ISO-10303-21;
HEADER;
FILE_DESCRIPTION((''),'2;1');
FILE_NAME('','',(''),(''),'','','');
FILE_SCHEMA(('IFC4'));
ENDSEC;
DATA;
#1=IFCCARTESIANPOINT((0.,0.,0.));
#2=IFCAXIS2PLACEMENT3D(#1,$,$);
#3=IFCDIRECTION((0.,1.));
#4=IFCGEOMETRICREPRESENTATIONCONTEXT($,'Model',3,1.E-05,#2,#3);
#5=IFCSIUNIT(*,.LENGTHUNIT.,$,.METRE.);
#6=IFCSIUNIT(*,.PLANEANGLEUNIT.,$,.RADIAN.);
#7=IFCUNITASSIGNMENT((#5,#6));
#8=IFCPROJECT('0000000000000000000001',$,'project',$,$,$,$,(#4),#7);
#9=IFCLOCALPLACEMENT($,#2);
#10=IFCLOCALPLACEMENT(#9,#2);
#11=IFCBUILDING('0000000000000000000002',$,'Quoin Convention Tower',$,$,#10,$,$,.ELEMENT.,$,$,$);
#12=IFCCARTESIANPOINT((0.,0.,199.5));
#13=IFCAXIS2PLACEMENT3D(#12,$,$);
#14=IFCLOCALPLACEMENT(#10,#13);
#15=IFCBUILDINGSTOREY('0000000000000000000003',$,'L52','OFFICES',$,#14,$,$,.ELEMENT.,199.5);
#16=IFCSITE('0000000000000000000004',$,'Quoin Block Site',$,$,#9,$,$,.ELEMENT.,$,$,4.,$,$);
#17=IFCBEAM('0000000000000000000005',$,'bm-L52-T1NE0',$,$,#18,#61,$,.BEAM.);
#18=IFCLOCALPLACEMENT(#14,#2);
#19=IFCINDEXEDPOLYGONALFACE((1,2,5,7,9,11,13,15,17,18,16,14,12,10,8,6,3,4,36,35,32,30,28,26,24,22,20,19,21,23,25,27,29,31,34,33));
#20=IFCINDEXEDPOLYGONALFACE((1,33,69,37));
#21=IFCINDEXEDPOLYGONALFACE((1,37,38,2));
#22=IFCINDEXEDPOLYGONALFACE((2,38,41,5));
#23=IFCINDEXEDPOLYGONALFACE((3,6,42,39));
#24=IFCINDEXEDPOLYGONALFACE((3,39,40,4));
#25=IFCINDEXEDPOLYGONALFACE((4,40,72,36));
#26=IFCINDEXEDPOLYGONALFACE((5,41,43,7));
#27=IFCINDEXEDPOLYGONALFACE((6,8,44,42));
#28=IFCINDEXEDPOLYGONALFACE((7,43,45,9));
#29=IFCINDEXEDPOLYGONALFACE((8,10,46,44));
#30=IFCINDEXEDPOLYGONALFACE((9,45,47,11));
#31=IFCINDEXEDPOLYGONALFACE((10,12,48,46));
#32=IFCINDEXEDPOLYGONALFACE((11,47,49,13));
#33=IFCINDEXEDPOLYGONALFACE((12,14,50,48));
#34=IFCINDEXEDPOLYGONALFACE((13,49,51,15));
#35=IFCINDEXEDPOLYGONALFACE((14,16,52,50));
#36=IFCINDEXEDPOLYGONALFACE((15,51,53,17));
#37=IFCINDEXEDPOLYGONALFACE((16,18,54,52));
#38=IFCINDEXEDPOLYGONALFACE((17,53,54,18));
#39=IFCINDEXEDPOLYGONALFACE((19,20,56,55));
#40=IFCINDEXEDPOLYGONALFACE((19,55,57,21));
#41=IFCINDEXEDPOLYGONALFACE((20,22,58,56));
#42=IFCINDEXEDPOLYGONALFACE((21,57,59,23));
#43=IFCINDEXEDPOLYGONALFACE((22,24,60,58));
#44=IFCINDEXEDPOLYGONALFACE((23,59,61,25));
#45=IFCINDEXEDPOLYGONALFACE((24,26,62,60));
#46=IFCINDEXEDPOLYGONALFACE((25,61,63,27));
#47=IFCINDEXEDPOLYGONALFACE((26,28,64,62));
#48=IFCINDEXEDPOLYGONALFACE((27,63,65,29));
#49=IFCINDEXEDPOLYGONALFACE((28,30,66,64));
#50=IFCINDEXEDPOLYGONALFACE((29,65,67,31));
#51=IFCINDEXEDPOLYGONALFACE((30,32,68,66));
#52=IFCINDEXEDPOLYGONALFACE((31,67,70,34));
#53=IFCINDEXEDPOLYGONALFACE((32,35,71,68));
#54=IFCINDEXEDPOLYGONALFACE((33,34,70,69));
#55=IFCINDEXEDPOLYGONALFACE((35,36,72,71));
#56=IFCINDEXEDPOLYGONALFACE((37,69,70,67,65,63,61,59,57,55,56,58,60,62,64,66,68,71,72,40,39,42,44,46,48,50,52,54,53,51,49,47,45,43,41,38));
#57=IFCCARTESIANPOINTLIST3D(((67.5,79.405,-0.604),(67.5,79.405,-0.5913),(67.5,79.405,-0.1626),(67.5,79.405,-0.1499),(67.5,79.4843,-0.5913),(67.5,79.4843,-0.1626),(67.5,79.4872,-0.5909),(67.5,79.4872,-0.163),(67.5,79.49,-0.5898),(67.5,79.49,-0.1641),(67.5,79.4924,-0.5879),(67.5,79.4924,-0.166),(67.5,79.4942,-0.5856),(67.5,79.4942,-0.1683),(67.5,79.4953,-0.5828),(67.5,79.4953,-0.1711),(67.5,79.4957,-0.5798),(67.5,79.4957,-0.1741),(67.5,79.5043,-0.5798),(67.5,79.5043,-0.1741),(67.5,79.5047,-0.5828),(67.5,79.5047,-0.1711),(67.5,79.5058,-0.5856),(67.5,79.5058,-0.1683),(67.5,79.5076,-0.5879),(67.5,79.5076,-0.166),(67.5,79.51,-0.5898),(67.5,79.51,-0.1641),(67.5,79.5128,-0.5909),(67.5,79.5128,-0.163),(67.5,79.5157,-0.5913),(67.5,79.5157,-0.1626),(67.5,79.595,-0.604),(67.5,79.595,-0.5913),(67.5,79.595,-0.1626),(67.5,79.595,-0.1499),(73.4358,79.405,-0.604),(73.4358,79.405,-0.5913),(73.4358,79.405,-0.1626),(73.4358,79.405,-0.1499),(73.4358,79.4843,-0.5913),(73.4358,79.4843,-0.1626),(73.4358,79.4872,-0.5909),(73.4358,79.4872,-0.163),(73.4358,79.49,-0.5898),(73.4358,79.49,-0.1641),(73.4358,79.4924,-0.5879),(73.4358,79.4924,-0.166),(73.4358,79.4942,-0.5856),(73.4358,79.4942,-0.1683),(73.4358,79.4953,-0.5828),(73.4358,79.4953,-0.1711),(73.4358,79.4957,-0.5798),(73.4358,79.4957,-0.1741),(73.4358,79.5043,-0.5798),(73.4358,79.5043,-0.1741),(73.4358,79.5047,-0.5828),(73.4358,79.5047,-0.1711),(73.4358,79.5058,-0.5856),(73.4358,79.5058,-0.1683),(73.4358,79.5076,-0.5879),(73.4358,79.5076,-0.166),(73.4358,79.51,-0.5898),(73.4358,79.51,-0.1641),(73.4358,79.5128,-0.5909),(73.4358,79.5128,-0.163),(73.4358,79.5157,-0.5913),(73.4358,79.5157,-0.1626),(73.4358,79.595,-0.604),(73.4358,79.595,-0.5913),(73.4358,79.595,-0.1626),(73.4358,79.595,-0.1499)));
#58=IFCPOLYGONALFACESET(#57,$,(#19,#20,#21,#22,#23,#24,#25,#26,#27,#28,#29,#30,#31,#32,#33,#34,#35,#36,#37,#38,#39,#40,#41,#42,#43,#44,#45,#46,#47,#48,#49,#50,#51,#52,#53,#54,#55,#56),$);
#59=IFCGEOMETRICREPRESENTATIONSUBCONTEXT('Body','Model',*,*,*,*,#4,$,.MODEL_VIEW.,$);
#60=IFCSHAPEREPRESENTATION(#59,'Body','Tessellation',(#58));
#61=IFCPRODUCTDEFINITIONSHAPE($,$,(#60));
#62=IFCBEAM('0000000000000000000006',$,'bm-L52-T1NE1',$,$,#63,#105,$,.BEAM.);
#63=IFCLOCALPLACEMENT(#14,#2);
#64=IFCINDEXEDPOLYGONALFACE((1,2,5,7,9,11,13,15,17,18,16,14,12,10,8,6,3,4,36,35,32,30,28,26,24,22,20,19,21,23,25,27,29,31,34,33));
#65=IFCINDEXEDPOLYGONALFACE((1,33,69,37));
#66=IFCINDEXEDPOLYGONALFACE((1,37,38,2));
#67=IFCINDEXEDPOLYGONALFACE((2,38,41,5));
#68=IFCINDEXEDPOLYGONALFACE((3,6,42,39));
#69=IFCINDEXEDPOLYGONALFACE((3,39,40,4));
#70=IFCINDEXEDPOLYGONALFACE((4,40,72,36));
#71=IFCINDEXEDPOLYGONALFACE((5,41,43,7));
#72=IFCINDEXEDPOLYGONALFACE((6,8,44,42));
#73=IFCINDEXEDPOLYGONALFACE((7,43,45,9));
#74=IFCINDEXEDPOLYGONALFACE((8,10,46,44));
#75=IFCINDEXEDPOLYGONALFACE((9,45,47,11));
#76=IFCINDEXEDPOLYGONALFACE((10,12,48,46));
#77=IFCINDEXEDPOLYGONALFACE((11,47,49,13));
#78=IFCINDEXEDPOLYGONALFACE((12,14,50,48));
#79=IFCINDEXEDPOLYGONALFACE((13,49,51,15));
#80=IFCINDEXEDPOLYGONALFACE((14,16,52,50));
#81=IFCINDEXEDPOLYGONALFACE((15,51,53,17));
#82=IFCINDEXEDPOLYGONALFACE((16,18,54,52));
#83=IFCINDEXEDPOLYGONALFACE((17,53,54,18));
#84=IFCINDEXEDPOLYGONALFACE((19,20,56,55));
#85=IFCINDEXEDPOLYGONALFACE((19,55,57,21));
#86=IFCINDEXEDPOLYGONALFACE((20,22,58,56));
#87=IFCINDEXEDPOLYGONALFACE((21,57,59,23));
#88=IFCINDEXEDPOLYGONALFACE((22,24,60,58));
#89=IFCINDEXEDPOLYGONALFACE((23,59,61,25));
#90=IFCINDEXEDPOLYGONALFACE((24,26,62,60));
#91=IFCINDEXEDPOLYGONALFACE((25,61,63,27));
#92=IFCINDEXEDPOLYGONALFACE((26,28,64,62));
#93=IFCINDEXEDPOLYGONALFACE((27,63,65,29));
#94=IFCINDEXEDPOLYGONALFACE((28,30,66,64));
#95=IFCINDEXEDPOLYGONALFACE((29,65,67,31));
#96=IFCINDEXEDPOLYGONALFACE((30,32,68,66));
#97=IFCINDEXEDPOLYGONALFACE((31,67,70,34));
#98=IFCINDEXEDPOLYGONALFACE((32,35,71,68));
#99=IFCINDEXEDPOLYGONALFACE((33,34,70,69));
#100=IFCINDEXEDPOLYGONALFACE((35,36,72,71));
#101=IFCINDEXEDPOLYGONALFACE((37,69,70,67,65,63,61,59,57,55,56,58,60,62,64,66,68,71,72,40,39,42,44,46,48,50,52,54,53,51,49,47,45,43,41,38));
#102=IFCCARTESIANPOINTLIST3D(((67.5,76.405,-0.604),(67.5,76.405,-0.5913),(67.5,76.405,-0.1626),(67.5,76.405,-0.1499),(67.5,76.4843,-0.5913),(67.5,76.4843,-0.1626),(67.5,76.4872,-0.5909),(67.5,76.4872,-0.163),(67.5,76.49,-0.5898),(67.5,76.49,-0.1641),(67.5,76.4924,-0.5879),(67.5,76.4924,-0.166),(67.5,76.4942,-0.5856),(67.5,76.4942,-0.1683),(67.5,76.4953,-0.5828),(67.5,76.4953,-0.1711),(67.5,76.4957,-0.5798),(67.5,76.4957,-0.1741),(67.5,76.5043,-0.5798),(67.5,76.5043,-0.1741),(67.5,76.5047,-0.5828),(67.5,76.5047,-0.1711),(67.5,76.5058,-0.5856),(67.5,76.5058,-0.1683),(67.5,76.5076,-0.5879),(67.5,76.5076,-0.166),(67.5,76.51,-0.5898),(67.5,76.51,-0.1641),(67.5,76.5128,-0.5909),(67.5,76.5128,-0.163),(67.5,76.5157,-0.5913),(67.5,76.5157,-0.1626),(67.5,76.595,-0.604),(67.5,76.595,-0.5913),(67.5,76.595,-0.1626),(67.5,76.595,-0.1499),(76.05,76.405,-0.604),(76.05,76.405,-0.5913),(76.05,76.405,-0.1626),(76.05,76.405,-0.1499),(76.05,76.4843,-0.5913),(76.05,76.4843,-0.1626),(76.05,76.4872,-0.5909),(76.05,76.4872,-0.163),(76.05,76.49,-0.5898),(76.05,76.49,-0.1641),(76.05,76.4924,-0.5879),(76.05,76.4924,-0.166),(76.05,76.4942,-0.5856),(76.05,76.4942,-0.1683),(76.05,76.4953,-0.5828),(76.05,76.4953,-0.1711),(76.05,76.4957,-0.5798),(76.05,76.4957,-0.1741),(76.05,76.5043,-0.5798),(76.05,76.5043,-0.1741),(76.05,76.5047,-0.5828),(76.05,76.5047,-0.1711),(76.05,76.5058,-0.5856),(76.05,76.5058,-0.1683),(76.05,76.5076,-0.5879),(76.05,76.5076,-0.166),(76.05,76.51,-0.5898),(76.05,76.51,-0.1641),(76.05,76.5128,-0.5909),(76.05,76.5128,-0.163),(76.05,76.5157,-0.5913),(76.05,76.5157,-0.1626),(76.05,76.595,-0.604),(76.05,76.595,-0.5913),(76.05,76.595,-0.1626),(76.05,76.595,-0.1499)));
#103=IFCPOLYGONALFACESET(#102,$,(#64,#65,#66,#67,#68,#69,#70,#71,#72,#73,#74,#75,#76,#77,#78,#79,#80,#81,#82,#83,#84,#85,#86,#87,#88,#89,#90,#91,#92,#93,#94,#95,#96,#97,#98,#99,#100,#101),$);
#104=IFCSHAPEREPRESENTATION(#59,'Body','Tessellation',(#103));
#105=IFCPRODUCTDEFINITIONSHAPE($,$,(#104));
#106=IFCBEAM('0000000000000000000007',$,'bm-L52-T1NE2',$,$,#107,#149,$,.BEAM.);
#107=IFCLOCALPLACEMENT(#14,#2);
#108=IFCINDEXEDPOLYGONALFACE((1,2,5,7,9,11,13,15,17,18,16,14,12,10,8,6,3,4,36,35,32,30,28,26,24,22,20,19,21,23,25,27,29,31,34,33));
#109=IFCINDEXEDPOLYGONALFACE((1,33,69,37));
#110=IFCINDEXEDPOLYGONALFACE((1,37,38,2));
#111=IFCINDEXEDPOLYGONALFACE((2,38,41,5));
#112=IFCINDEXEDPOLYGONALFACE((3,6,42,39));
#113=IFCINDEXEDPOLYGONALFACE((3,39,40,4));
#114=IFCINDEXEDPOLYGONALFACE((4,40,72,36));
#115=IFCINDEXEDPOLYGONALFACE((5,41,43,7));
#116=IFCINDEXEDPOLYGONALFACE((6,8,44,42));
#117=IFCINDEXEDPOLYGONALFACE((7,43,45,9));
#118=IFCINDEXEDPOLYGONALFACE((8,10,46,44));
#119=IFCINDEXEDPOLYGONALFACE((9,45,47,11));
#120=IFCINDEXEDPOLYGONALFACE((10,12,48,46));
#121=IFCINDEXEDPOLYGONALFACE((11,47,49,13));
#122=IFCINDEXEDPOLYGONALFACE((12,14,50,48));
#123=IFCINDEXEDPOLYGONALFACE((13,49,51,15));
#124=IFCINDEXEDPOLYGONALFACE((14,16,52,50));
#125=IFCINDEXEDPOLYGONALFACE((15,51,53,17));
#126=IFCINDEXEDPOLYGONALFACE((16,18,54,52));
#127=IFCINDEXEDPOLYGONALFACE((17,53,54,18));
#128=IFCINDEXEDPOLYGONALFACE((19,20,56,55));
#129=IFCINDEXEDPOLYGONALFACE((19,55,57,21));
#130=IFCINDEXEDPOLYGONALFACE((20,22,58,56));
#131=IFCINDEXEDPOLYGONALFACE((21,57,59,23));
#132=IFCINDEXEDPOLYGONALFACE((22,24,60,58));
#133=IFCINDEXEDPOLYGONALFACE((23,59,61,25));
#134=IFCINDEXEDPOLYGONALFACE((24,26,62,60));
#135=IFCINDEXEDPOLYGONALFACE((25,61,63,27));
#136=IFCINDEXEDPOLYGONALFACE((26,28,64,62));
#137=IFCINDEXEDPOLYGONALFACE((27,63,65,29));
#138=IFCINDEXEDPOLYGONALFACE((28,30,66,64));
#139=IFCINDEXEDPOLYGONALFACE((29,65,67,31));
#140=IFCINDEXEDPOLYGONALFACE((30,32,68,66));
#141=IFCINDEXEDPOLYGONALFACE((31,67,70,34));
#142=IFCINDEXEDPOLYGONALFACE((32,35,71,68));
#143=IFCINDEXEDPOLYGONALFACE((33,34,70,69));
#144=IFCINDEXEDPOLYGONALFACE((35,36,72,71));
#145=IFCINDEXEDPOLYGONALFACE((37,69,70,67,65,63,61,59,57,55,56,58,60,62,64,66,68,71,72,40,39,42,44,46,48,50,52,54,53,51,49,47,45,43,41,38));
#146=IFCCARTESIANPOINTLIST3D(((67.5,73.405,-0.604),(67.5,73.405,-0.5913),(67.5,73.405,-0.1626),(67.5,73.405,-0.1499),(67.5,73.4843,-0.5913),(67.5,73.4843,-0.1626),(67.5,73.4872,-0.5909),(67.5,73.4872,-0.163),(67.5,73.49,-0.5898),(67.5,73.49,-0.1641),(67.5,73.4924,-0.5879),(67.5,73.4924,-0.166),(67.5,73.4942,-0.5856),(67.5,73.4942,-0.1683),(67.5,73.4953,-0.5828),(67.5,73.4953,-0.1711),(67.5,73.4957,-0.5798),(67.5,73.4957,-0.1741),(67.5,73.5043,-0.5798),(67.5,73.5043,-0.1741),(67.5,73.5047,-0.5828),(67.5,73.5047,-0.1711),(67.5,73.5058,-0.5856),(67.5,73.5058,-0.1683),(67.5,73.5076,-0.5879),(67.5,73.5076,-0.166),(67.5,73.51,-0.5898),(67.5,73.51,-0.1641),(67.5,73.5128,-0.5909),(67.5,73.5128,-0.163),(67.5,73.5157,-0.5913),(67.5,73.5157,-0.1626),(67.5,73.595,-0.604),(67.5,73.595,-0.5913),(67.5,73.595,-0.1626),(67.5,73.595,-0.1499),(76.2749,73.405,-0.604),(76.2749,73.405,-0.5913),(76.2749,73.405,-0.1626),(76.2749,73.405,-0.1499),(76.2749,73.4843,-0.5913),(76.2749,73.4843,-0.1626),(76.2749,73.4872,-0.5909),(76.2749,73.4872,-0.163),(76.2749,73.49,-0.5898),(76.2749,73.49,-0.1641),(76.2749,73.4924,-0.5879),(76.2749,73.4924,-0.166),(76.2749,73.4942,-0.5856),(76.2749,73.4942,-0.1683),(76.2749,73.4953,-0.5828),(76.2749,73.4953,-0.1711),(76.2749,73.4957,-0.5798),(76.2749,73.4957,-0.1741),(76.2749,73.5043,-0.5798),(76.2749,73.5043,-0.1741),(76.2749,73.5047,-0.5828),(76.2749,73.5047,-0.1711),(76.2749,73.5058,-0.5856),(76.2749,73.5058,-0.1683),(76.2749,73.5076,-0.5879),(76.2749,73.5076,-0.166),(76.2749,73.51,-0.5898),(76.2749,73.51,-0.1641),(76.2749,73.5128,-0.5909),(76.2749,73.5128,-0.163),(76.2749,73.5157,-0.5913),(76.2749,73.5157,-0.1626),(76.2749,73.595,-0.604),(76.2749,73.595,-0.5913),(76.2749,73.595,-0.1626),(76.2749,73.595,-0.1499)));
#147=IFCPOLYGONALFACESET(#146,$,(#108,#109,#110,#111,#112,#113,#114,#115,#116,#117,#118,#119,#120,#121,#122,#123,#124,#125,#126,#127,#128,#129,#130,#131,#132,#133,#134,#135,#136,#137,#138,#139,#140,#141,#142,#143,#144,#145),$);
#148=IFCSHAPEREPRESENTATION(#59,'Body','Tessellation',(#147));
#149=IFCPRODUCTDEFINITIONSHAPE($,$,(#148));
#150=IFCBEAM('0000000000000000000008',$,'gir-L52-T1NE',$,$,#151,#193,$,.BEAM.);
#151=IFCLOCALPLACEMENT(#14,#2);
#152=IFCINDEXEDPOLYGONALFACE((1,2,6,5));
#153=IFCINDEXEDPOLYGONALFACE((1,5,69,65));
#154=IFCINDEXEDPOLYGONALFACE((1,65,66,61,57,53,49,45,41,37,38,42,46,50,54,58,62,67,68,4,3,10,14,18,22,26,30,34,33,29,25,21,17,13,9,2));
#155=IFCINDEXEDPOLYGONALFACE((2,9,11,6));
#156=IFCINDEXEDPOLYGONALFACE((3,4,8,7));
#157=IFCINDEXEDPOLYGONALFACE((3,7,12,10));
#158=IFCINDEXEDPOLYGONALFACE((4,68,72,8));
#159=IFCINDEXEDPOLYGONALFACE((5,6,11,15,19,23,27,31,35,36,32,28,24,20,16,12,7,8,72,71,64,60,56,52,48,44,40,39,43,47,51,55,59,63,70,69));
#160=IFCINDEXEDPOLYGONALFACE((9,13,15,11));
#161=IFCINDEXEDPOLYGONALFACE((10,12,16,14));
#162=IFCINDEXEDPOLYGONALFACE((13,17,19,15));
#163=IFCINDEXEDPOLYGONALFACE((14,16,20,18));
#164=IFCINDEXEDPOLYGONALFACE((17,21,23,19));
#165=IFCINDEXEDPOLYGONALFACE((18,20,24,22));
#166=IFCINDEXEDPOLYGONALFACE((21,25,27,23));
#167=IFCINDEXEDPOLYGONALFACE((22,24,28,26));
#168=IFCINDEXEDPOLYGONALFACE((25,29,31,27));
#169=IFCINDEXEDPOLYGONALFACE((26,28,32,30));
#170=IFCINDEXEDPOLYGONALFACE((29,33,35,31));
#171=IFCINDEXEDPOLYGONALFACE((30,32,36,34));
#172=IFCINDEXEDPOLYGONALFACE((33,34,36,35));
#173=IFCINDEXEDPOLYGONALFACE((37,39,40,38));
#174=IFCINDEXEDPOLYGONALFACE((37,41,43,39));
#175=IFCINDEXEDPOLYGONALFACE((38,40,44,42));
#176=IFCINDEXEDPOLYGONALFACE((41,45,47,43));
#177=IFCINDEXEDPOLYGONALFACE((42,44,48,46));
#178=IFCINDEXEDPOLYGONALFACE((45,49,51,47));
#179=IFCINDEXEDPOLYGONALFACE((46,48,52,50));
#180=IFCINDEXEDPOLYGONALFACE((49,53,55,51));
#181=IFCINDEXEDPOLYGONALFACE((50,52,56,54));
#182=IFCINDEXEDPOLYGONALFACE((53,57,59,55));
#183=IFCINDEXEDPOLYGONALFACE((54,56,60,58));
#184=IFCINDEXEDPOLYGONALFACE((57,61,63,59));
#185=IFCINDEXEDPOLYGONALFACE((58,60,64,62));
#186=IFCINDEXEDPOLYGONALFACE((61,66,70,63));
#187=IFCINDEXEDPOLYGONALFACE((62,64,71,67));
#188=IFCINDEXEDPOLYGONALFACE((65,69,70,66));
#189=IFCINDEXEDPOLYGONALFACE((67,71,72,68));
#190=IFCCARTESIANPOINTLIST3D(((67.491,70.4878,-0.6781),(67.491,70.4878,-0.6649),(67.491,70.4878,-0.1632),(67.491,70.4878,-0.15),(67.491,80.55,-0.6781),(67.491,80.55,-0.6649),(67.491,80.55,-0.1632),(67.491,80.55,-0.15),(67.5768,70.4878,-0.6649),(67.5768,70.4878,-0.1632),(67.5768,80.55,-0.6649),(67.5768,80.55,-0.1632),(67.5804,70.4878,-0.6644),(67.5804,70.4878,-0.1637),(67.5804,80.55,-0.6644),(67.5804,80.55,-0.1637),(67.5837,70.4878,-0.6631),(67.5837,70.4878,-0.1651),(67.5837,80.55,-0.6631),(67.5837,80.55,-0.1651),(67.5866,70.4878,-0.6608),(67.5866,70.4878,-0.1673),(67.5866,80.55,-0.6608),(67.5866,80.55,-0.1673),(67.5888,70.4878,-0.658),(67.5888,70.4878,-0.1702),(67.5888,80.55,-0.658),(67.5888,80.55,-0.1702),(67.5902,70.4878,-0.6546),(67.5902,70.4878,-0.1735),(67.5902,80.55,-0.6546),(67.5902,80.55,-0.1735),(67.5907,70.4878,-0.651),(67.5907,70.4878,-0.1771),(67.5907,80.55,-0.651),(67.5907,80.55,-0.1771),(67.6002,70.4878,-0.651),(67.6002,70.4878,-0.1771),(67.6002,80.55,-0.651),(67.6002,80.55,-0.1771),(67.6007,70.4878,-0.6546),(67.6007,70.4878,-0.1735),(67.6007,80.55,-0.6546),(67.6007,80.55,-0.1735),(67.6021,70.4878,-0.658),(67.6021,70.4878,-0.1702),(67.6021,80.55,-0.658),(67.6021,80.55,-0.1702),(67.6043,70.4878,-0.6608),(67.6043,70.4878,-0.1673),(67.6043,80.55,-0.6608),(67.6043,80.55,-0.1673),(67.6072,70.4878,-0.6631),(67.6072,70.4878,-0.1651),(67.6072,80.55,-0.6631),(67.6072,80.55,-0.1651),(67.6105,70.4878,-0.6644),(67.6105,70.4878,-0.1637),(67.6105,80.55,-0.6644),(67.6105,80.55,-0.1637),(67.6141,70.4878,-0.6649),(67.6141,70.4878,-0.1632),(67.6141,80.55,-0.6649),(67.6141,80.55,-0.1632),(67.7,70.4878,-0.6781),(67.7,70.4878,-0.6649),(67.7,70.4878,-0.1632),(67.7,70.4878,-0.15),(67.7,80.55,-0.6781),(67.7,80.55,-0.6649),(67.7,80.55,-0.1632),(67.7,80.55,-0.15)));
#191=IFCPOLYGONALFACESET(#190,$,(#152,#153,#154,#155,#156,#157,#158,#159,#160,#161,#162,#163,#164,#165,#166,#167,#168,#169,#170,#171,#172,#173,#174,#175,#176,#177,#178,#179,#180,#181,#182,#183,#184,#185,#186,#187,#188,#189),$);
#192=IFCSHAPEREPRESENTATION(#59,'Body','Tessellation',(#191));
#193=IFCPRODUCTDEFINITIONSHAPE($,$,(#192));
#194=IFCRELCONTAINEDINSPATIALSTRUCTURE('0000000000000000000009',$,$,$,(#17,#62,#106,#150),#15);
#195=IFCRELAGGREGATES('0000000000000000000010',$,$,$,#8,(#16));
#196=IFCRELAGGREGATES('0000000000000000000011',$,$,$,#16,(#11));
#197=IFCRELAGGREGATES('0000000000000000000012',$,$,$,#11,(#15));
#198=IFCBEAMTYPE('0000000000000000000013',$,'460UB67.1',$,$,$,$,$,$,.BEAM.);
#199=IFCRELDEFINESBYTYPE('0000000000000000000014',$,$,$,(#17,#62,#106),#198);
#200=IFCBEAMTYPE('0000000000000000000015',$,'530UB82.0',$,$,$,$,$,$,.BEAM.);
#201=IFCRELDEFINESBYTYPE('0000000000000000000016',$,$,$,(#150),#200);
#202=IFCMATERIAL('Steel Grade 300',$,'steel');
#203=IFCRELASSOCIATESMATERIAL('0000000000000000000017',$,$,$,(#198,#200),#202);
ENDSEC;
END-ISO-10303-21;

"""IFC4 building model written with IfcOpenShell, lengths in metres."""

from ifc_helpers import new_model, si_unit, direction, frame, origin, origin_2d, place, context, subcontext, project, spatial, i_section, extrude, material, material_profile, profile_set, type_object, element, save


model = new_model("IFC4")

# Units and contexts
model_context = context("Model", 3, precision=1e-05, world=origin(), true_north=direction((0.0, 1.0)))
body_context = subcontext(model_context, "Body", "Model", "MODEL_VIEW")
ifc_project = project(units=[si_unit("LENGTHUNIT", "METRE"), si_unit("PLANEANGLEUNIT", "RADIAN")], contexts=[model_context])

# Site, building, storey
site_placement = place(None, origin())
site = spatial("IfcSite", under=ifc_project, at=site_placement, Name="Quoin Block Site", CompositionType="ELEMENT", RefElevation=4.0)
building_placement = place(site_placement, origin())
building = spatial("IfcBuilding", under=site, at=building_placement, Name="Quoin Convention Tower", CompositionType="ELEMENT")
storey_placement = place(building_placement, frame((0.0, 0.0, 199.5)))
storey = spatial("IfcBuildingStorey", under=building, at=storey_placement, Name="L52", Description="OFFICES", CompositionType="ELEMENT", Elevation=199.5)

# Beams
ifc_material_1 = material(Name="Steel Grade 300", Category="steel")
ifc_material_profile_1 = material_profile(ifc_material_1, i_section(OverallWidth=0.1899, OverallDepth=0.4541, WebThickness=0.0085, FlangeThickness=0.0127, FilletRadius=0.0115, at=origin_2d()), Name="460UB67.1")
ifc_profile_set_1 = profile_set([ifc_material_profile_1], Name="Steel Grade 300")
beam_type_1 = type_object("IfcBeamType", Name="460UB67.1", PredefinedType="BEAM", material=ifc_profile_set_1)
beam_1_placement = place(storey_placement, frame((67.5, 79.5, -0.377), z_axis=(1.0, 0.0, 0.0), x_axis=(0.0, 1.0, 0.0)))
element("IfcBeam", 1, at=beam_1_placement, inside=storey, type_object=beam_type_1, Name="bm-L52-T1NE0", PredefinedType="BEAM", context=body_context, shape_type="SweptSolid", body=[
    extrude(i_section(OverallWidth=0.1899, OverallDepth=0.4541, WebThickness=0.0085, FlangeThickness=0.0127, FilletRadius=0.0115, at=origin_2d()), origin(), (0.0, 0.0, 1.0), 5.9358),
])
beam_2_placement = place(storey_placement, frame((67.5, 76.5, -0.377), z_axis=(1.0, 0.0, 0.0), x_axis=(0.0, 1.0, 0.0)))
element("IfcBeam", 2, at=beam_2_placement, inside=storey, type_object=beam_type_1, Name="bm-L52-T1NE1", PredefinedType="BEAM", context=body_context, shape_type="SweptSolid", body=[
    extrude(i_section(OverallWidth=0.1899, OverallDepth=0.4541, WebThickness=0.0085, FlangeThickness=0.0127, FilletRadius=0.0115, at=origin_2d()), origin(), (0.0, 0.0, 1.0), 8.55),
])
beam_3_placement = place(storey_placement, frame((67.5, 73.5, -0.377), z_axis=(1.0, 0.0, 0.0), x_axis=(0.0, 1.0, 0.0)))
element("IfcBeam", 3, at=beam_3_placement, inside=storey, type_object=beam_type_1, Name="bm-L52-T1NE2", PredefinedType="BEAM", context=body_context, shape_type="SweptSolid", body=[
    extrude(i_section(OverallWidth=0.1899, OverallDepth=0.4541, WebThickness=0.0085, FlangeThickness=0.0127, FilletRadius=0.0115, at=origin_2d()), origin(), (0.0, 0.0, 1.0), 8.7749),
])
ifc_material_profile_2 = material_profile(ifc_material_1, i_section(OverallWidth=0.209, OverallDepth=0.5281, WebThickness=0.0095, FlangeThickness=0.0132, FilletRadius=0.0139, at=origin_2d()), Name="530UB82.0")
ifc_profile_set_2 = profile_set([ifc_material_profile_2], Name="Steel Grade 300")
beam_type_2 = type_object("IfcBeamType", Name="530UB82.0", PredefinedType="BEAM", material=ifc_profile_set_2)
beam_4_placement = place(storey_placement, frame((67.5955, 80.55, -0.4141), z_axis=(0.0, -1.0, 0.0), x_axis=(1.0, 0.0, 0.0)))
element("IfcBeam", 4, at=beam_4_placement, inside=storey, type_object=beam_type_2, Name="gir-L52-T1NE", PredefinedType="BEAM", context=body_context, shape_type="SweptSolid", body=[
    extrude(i_section(OverallWidth=0.209, OverallDepth=0.5281, WebThickness=0.0095, FlangeThickness=0.0132, FilletRadius=0.0139, at=origin_2d()), origin(), (0.0, 0.0, 1.0), 10.0623),
])

save(model, "model.ifc")
